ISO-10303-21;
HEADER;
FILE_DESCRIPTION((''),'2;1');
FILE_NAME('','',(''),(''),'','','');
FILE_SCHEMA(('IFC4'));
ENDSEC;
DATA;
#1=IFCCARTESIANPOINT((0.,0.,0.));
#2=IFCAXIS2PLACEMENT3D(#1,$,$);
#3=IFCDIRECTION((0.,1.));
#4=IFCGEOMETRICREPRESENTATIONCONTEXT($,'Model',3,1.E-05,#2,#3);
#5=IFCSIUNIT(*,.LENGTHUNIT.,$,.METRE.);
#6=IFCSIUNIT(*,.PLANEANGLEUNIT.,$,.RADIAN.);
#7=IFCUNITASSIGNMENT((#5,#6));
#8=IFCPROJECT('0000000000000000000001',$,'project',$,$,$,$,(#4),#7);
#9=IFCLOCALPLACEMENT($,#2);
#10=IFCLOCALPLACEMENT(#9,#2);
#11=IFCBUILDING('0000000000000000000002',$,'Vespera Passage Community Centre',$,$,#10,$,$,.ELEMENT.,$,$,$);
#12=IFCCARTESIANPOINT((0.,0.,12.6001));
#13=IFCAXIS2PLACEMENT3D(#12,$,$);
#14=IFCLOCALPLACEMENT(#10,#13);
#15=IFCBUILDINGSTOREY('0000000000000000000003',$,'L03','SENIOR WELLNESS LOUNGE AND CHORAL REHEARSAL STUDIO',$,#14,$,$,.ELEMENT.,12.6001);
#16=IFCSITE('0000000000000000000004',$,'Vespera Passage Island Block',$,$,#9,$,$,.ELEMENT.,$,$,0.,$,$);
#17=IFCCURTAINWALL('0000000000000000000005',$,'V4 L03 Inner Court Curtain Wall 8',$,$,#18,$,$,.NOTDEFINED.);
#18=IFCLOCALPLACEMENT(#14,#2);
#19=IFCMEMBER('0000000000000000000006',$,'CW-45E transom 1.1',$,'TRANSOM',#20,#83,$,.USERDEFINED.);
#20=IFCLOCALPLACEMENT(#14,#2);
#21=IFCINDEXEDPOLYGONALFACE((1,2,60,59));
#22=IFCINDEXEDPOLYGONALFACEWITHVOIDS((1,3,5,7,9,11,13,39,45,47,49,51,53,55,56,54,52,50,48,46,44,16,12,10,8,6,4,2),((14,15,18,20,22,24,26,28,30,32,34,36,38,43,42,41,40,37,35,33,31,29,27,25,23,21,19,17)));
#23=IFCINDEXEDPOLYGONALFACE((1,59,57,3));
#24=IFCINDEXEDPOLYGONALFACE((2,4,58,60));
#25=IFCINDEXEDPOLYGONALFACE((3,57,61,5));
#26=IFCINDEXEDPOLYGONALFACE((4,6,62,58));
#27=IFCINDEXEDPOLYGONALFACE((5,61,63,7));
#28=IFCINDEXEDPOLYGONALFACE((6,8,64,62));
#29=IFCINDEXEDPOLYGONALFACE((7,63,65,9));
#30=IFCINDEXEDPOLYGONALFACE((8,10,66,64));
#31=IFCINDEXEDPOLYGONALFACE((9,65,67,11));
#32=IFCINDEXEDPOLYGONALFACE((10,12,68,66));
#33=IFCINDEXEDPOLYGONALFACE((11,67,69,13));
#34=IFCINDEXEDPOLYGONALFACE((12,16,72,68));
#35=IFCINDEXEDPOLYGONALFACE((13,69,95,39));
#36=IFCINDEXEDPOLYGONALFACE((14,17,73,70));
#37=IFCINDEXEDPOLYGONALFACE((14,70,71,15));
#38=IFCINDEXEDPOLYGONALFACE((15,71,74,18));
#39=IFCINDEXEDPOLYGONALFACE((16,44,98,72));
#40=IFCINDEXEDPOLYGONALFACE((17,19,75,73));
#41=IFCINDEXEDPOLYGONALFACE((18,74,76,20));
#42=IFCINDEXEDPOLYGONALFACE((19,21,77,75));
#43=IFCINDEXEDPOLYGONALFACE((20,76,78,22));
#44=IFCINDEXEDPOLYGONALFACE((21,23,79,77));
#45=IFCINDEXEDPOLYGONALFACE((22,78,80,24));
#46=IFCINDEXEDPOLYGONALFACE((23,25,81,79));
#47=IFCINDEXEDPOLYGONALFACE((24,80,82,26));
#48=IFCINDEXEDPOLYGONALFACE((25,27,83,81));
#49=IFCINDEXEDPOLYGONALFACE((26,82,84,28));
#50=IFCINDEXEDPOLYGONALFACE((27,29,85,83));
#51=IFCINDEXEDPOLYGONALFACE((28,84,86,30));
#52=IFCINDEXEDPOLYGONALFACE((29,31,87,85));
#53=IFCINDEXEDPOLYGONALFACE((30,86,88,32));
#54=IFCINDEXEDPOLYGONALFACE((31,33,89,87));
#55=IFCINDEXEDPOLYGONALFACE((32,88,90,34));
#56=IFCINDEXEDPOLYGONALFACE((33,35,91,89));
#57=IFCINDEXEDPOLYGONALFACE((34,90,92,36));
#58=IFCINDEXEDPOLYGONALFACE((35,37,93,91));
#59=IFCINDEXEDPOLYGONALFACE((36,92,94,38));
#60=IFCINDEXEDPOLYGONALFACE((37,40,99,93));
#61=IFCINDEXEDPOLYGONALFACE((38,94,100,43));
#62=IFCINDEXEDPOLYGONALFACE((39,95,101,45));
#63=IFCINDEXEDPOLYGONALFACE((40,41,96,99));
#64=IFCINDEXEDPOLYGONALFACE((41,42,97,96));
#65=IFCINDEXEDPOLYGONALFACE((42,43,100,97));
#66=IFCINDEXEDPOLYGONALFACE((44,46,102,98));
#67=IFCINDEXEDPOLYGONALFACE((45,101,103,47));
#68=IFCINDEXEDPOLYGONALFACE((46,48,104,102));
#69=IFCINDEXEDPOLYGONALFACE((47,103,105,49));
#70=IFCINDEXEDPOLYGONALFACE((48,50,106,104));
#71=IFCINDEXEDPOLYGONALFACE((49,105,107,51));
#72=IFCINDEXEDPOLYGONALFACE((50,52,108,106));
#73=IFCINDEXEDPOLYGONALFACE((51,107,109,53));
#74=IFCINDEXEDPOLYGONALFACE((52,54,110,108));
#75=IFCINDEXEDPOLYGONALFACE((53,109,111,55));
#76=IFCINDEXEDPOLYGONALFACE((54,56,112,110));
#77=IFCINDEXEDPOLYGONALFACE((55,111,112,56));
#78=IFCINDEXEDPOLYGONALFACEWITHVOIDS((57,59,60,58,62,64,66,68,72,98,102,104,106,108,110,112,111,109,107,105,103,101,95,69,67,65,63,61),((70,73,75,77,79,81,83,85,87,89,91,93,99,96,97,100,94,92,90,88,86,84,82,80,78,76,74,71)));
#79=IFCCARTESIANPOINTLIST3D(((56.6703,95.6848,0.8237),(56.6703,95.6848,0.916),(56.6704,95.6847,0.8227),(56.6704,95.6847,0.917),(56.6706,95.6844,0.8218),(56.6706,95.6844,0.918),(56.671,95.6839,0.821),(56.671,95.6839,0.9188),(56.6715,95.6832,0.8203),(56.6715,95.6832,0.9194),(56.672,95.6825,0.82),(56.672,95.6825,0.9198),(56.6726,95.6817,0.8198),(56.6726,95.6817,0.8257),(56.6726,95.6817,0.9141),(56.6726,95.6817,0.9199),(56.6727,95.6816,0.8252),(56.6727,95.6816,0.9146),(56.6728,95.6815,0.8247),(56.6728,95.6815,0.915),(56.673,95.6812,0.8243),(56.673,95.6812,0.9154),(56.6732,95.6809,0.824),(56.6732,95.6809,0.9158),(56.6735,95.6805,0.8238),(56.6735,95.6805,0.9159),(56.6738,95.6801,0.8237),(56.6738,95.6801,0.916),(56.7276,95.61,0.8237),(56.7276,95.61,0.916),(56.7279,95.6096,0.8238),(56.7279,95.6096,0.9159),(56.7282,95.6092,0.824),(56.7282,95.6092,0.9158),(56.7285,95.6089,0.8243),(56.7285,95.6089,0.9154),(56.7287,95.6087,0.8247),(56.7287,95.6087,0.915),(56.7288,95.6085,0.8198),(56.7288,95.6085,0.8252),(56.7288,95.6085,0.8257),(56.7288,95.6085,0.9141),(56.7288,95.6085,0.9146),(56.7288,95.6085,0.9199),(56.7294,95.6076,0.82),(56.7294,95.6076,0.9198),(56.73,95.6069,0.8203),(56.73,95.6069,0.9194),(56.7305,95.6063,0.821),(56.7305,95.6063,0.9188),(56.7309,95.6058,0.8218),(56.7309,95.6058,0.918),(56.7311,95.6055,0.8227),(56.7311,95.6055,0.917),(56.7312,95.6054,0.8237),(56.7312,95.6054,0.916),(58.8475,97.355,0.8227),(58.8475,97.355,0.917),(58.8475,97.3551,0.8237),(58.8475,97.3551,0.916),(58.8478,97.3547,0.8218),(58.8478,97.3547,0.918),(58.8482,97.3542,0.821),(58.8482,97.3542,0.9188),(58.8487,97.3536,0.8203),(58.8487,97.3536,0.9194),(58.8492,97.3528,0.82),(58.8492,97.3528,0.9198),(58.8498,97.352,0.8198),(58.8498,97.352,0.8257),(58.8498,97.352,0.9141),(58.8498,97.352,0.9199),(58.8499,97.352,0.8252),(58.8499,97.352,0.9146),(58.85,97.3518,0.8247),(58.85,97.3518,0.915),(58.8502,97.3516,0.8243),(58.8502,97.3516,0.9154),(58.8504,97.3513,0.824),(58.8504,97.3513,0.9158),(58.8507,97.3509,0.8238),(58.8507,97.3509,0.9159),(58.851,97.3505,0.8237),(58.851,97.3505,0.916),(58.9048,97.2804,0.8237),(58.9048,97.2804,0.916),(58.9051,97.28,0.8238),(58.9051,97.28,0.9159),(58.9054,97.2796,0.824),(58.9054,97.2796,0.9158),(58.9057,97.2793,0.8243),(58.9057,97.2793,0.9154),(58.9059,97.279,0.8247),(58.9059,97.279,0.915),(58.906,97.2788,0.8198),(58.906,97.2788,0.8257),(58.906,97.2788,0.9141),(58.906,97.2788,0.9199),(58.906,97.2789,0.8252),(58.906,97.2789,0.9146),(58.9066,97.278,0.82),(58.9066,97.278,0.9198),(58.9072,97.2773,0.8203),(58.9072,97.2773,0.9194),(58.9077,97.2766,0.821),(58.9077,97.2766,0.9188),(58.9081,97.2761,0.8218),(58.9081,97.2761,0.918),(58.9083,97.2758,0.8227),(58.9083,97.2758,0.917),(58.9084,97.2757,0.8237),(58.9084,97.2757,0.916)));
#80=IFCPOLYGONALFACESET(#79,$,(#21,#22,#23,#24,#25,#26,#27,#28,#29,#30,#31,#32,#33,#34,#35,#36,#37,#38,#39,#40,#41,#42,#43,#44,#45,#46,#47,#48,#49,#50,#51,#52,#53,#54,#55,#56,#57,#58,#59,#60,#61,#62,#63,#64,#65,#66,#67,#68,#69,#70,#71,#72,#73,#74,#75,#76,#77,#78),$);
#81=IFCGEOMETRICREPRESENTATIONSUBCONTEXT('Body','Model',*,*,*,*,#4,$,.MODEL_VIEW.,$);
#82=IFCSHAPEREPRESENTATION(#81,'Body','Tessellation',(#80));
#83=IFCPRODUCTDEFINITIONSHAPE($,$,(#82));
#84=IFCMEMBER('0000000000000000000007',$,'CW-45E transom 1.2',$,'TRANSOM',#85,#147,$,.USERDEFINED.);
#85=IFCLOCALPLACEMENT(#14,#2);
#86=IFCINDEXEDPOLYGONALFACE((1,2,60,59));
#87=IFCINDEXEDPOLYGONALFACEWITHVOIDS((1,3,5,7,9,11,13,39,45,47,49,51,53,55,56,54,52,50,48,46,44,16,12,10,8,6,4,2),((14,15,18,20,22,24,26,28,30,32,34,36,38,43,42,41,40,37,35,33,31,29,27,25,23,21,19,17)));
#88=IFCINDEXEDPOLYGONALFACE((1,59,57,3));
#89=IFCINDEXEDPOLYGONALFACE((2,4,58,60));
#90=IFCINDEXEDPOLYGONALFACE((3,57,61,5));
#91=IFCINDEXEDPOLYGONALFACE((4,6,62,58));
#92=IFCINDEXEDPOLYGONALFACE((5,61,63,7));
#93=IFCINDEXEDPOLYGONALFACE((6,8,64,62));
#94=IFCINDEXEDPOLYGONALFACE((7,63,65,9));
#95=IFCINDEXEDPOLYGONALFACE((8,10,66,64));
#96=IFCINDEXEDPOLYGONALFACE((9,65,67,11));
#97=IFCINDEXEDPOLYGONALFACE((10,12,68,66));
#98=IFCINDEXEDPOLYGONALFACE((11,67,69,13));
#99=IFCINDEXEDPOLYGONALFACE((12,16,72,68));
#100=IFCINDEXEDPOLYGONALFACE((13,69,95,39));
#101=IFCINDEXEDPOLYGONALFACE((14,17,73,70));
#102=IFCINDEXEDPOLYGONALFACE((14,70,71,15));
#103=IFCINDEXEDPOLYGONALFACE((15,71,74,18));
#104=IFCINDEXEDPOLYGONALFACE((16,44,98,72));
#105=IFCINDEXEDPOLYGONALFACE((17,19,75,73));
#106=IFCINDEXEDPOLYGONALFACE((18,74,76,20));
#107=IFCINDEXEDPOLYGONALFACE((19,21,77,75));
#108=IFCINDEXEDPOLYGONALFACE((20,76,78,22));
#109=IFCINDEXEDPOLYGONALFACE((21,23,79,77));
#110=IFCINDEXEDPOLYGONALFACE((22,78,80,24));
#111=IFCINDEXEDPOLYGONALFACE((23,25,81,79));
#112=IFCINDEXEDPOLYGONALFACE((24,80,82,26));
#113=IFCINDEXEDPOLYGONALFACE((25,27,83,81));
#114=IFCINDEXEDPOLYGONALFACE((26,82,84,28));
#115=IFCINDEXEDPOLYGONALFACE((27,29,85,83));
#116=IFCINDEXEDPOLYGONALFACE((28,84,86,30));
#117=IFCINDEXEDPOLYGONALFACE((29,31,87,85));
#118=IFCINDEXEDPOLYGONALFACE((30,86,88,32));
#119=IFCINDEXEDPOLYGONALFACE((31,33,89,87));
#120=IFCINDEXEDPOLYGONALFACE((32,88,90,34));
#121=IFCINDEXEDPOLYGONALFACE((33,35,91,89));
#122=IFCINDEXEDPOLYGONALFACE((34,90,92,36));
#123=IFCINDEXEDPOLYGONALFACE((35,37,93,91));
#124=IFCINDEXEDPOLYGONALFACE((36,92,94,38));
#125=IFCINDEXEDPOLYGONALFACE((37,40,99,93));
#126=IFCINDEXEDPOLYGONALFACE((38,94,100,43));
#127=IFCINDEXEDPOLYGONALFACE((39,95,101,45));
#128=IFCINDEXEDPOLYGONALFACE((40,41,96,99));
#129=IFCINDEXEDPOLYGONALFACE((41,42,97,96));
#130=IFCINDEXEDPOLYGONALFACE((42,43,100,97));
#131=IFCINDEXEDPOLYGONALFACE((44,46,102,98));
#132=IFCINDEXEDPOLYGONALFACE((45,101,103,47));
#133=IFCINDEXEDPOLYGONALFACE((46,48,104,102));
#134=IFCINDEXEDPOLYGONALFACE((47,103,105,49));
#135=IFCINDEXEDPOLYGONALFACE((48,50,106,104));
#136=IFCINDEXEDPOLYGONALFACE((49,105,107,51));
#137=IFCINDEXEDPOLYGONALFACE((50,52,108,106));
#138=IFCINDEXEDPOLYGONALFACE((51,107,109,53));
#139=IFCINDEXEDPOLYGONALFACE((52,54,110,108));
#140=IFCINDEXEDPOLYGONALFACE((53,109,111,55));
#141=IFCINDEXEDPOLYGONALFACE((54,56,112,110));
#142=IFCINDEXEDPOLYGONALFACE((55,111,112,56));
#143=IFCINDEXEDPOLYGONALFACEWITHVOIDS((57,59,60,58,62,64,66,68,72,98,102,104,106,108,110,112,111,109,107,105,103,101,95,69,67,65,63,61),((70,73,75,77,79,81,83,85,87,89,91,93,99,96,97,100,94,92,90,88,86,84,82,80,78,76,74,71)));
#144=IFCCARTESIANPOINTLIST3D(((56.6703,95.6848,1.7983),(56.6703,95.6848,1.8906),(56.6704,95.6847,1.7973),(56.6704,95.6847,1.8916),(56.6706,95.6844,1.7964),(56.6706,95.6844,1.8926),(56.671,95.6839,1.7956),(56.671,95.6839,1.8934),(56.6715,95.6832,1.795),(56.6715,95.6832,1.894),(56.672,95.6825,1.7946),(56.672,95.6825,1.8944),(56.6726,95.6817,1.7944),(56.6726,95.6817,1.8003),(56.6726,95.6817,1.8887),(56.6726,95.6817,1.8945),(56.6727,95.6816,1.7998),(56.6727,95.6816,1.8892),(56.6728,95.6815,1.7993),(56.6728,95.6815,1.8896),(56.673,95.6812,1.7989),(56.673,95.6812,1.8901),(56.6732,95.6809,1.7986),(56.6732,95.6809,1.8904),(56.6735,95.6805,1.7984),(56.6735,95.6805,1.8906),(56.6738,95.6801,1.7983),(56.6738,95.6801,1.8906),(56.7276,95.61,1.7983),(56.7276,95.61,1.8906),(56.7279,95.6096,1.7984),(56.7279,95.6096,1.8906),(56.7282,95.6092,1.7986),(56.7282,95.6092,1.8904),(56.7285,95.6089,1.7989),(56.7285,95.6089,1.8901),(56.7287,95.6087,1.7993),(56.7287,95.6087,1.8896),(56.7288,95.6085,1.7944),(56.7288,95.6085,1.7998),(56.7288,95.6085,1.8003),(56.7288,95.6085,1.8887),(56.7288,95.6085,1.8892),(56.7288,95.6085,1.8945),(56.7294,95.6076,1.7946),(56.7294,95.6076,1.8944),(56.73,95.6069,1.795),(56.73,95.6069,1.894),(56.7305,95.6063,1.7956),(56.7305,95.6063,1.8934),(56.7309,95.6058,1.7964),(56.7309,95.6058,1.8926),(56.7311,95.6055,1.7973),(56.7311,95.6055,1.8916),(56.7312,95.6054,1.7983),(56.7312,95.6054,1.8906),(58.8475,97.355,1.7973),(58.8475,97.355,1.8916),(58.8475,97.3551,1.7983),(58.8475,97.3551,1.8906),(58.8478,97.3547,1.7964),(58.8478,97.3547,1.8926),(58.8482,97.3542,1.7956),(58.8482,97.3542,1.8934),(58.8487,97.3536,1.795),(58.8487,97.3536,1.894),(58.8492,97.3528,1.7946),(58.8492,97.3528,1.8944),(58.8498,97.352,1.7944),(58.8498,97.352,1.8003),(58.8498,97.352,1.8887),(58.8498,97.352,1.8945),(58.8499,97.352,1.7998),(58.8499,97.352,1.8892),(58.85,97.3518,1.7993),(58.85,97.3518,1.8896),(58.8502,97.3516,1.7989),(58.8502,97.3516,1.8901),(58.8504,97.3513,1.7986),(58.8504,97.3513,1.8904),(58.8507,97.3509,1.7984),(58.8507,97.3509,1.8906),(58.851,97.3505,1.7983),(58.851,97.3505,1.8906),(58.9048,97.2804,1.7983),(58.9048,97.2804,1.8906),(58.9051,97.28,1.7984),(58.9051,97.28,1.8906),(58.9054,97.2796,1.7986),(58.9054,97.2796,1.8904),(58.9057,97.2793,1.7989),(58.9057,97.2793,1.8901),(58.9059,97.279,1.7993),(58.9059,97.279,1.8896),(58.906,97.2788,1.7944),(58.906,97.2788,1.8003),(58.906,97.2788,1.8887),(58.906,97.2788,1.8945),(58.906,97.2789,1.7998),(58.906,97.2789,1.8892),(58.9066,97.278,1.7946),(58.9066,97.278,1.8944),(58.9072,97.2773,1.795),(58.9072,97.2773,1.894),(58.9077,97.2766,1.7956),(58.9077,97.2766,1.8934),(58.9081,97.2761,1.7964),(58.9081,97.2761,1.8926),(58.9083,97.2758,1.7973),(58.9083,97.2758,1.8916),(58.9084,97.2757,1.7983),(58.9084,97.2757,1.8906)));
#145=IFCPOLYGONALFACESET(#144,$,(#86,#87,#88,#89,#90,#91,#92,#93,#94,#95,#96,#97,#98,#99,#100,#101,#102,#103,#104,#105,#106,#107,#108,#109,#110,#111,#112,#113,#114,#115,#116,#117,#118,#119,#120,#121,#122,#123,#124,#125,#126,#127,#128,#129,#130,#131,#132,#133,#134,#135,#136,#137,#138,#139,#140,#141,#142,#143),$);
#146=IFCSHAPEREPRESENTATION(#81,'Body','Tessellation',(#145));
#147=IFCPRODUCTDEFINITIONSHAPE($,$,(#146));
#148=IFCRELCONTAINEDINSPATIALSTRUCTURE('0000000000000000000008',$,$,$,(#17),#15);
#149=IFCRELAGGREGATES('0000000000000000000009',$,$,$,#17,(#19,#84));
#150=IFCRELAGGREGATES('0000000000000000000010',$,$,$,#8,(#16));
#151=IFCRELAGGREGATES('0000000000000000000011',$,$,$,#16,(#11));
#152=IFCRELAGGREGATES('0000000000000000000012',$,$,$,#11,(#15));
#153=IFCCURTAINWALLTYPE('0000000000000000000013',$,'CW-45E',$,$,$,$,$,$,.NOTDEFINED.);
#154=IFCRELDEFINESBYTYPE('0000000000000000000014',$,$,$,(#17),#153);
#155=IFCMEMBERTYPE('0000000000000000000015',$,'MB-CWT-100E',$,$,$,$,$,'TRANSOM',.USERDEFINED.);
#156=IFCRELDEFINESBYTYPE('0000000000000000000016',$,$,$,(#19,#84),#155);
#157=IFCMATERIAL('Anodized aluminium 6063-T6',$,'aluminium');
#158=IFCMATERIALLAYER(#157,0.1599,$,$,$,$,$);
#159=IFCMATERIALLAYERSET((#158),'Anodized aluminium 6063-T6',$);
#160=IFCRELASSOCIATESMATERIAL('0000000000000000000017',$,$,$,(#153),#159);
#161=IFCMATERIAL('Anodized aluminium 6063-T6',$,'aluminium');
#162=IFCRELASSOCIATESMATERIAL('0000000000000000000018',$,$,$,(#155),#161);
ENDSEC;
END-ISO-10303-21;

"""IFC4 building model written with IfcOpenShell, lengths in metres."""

from ifc_helpers import new_model, si_unit, direction, frame, origin, origin_2d, place, context, subcontext, project, spatial, hollow_rectangle, extrude, material, layer, layer_set, material_profile, profile_set, type_object, element, aggregate, save


model = new_model("IFC4")

# Units and contexts
model_context = context("Model", 3, precision=1e-05, world=origin(), true_north=direction((0.0, 1.0)))
body_context = subcontext(model_context, "Body", "Model", "MODEL_VIEW")
ifc_project = project(units=[si_unit("LENGTHUNIT", "METRE"), si_unit("PLANEANGLEUNIT", "RADIAN")], contexts=[model_context])

# Site, building, storey
site_placement = place(None, origin())
site = spatial("IfcSite", under=ifc_project, at=site_placement, Name="Vespera Passage Island Block", CompositionType="ELEMENT", RefElevation=0.0)
building_placement = place(site_placement, origin())
building = spatial("IfcBuilding", under=site, at=building_placement, Name="Vespera Passage Community Centre", CompositionType="ELEMENT")
storey_placement = place(building_placement, frame((0.0, 0.0, 12.6001)))
storey = spatial("IfcBuildingStorey", under=building, at=storey_placement, Name="L03", Description="SENIOR WELLNESS LOUNGE AND CHORAL REHEARSAL STUDIO", CompositionType="ELEMENT", Elevation=12.6001)

# Curtain wall
ifc_material_1 = material(Name="Anodized aluminium 6063-T6", Category="aluminium")
ifc_layer_1 = layer(ifc_material_1, 0.1599)
ifc_layer_set_1 = layer_set([ifc_layer_1], Name="Anodized aluminium 6063-T6")
curtain_wall_type_1 = type_object("IfcCurtainWallType", Name="CW-45E", PredefinedType="NOTDEFINED", material=ifc_layer_set_1)
curtain_wall_1_placement = place(storey_placement, origin())
curtain_wall_1 = element("IfcCurtainWall", 1, at=curtain_wall_1_placement, inside=storey, type_object=curtain_wall_type_1, Name="V4 L03 Inner Court Curtain Wall 8", PredefinedType="NOTDEFINED")

# Members
ifc_material_2 = material(Name="Anodized aluminium 6063-T6", Category="aluminium")
ifc_material_profile_1 = material_profile(ifc_material_2, hollow_rectangle(XDim=0.1001, YDim=0.1001, WallThickness=0.0039, InnerFilletRadius=0.002, OuterFilletRadius=0.0039, at=origin_2d()), Name="ALU100X100X4")
ifc_profile_set_1 = profile_set([ifc_material_profile_1], Name="Anodized aluminium 6063-T6")
member_type_1 = type_object("IfcMemberType", Name="MB-CWT-100E", ElementType="TRANSOM", PredefinedType="USERDEFINED", material=ifc_profile_set_1)
member_1_placement = place(storey_placement, frame((58.8779, 97.3154, 0.8699), z_axis=(-0.793397, -0.608704, 0.0), x_axis=(0.608704, -0.793397, 0.0)))
member_1 = element("IfcMember", 2, at=member_1_placement, type_object=member_type_1, Name="CW-45E transom 1.1", ObjectType="TRANSOM", PredefinedType="USERDEFINED", context=body_context, shape_type="SweptSolid", body=[
    extrude(hollow_rectangle(XDim=0.1001, YDim=0.1001, WallThickness=0.0039, InnerFilletRadius=0.002, OuterFilletRadius=0.0039, at=origin_2d()), origin(), (0.0, 0.0, 1.0), 2.7441),
])
member_2_placement = place(storey_placement, frame((58.8779, 97.3154, 1.8445), z_axis=(-0.793397, -0.608704, 0.0), x_axis=(0.608704, -0.793397, 0.0)))
member_2 = element("IfcMember", 3, at=member_2_placement, type_object=member_type_1, Name="CW-45E transom 1.2", ObjectType="TRANSOM", PredefinedType="USERDEFINED", context=body_context, shape_type="SweptSolid", body=[
    extrude(hollow_rectangle(XDim=0.1001, YDim=0.1001, WallThickness=0.0039, InnerFilletRadius=0.002, OuterFilletRadius=0.0039, at=origin_2d()), origin(), (0.0, 0.0, 1.0), 2.7441),
])

aggregate(curtain_wall_1, [member_1, member_2])

save(model, "model.ifc")
